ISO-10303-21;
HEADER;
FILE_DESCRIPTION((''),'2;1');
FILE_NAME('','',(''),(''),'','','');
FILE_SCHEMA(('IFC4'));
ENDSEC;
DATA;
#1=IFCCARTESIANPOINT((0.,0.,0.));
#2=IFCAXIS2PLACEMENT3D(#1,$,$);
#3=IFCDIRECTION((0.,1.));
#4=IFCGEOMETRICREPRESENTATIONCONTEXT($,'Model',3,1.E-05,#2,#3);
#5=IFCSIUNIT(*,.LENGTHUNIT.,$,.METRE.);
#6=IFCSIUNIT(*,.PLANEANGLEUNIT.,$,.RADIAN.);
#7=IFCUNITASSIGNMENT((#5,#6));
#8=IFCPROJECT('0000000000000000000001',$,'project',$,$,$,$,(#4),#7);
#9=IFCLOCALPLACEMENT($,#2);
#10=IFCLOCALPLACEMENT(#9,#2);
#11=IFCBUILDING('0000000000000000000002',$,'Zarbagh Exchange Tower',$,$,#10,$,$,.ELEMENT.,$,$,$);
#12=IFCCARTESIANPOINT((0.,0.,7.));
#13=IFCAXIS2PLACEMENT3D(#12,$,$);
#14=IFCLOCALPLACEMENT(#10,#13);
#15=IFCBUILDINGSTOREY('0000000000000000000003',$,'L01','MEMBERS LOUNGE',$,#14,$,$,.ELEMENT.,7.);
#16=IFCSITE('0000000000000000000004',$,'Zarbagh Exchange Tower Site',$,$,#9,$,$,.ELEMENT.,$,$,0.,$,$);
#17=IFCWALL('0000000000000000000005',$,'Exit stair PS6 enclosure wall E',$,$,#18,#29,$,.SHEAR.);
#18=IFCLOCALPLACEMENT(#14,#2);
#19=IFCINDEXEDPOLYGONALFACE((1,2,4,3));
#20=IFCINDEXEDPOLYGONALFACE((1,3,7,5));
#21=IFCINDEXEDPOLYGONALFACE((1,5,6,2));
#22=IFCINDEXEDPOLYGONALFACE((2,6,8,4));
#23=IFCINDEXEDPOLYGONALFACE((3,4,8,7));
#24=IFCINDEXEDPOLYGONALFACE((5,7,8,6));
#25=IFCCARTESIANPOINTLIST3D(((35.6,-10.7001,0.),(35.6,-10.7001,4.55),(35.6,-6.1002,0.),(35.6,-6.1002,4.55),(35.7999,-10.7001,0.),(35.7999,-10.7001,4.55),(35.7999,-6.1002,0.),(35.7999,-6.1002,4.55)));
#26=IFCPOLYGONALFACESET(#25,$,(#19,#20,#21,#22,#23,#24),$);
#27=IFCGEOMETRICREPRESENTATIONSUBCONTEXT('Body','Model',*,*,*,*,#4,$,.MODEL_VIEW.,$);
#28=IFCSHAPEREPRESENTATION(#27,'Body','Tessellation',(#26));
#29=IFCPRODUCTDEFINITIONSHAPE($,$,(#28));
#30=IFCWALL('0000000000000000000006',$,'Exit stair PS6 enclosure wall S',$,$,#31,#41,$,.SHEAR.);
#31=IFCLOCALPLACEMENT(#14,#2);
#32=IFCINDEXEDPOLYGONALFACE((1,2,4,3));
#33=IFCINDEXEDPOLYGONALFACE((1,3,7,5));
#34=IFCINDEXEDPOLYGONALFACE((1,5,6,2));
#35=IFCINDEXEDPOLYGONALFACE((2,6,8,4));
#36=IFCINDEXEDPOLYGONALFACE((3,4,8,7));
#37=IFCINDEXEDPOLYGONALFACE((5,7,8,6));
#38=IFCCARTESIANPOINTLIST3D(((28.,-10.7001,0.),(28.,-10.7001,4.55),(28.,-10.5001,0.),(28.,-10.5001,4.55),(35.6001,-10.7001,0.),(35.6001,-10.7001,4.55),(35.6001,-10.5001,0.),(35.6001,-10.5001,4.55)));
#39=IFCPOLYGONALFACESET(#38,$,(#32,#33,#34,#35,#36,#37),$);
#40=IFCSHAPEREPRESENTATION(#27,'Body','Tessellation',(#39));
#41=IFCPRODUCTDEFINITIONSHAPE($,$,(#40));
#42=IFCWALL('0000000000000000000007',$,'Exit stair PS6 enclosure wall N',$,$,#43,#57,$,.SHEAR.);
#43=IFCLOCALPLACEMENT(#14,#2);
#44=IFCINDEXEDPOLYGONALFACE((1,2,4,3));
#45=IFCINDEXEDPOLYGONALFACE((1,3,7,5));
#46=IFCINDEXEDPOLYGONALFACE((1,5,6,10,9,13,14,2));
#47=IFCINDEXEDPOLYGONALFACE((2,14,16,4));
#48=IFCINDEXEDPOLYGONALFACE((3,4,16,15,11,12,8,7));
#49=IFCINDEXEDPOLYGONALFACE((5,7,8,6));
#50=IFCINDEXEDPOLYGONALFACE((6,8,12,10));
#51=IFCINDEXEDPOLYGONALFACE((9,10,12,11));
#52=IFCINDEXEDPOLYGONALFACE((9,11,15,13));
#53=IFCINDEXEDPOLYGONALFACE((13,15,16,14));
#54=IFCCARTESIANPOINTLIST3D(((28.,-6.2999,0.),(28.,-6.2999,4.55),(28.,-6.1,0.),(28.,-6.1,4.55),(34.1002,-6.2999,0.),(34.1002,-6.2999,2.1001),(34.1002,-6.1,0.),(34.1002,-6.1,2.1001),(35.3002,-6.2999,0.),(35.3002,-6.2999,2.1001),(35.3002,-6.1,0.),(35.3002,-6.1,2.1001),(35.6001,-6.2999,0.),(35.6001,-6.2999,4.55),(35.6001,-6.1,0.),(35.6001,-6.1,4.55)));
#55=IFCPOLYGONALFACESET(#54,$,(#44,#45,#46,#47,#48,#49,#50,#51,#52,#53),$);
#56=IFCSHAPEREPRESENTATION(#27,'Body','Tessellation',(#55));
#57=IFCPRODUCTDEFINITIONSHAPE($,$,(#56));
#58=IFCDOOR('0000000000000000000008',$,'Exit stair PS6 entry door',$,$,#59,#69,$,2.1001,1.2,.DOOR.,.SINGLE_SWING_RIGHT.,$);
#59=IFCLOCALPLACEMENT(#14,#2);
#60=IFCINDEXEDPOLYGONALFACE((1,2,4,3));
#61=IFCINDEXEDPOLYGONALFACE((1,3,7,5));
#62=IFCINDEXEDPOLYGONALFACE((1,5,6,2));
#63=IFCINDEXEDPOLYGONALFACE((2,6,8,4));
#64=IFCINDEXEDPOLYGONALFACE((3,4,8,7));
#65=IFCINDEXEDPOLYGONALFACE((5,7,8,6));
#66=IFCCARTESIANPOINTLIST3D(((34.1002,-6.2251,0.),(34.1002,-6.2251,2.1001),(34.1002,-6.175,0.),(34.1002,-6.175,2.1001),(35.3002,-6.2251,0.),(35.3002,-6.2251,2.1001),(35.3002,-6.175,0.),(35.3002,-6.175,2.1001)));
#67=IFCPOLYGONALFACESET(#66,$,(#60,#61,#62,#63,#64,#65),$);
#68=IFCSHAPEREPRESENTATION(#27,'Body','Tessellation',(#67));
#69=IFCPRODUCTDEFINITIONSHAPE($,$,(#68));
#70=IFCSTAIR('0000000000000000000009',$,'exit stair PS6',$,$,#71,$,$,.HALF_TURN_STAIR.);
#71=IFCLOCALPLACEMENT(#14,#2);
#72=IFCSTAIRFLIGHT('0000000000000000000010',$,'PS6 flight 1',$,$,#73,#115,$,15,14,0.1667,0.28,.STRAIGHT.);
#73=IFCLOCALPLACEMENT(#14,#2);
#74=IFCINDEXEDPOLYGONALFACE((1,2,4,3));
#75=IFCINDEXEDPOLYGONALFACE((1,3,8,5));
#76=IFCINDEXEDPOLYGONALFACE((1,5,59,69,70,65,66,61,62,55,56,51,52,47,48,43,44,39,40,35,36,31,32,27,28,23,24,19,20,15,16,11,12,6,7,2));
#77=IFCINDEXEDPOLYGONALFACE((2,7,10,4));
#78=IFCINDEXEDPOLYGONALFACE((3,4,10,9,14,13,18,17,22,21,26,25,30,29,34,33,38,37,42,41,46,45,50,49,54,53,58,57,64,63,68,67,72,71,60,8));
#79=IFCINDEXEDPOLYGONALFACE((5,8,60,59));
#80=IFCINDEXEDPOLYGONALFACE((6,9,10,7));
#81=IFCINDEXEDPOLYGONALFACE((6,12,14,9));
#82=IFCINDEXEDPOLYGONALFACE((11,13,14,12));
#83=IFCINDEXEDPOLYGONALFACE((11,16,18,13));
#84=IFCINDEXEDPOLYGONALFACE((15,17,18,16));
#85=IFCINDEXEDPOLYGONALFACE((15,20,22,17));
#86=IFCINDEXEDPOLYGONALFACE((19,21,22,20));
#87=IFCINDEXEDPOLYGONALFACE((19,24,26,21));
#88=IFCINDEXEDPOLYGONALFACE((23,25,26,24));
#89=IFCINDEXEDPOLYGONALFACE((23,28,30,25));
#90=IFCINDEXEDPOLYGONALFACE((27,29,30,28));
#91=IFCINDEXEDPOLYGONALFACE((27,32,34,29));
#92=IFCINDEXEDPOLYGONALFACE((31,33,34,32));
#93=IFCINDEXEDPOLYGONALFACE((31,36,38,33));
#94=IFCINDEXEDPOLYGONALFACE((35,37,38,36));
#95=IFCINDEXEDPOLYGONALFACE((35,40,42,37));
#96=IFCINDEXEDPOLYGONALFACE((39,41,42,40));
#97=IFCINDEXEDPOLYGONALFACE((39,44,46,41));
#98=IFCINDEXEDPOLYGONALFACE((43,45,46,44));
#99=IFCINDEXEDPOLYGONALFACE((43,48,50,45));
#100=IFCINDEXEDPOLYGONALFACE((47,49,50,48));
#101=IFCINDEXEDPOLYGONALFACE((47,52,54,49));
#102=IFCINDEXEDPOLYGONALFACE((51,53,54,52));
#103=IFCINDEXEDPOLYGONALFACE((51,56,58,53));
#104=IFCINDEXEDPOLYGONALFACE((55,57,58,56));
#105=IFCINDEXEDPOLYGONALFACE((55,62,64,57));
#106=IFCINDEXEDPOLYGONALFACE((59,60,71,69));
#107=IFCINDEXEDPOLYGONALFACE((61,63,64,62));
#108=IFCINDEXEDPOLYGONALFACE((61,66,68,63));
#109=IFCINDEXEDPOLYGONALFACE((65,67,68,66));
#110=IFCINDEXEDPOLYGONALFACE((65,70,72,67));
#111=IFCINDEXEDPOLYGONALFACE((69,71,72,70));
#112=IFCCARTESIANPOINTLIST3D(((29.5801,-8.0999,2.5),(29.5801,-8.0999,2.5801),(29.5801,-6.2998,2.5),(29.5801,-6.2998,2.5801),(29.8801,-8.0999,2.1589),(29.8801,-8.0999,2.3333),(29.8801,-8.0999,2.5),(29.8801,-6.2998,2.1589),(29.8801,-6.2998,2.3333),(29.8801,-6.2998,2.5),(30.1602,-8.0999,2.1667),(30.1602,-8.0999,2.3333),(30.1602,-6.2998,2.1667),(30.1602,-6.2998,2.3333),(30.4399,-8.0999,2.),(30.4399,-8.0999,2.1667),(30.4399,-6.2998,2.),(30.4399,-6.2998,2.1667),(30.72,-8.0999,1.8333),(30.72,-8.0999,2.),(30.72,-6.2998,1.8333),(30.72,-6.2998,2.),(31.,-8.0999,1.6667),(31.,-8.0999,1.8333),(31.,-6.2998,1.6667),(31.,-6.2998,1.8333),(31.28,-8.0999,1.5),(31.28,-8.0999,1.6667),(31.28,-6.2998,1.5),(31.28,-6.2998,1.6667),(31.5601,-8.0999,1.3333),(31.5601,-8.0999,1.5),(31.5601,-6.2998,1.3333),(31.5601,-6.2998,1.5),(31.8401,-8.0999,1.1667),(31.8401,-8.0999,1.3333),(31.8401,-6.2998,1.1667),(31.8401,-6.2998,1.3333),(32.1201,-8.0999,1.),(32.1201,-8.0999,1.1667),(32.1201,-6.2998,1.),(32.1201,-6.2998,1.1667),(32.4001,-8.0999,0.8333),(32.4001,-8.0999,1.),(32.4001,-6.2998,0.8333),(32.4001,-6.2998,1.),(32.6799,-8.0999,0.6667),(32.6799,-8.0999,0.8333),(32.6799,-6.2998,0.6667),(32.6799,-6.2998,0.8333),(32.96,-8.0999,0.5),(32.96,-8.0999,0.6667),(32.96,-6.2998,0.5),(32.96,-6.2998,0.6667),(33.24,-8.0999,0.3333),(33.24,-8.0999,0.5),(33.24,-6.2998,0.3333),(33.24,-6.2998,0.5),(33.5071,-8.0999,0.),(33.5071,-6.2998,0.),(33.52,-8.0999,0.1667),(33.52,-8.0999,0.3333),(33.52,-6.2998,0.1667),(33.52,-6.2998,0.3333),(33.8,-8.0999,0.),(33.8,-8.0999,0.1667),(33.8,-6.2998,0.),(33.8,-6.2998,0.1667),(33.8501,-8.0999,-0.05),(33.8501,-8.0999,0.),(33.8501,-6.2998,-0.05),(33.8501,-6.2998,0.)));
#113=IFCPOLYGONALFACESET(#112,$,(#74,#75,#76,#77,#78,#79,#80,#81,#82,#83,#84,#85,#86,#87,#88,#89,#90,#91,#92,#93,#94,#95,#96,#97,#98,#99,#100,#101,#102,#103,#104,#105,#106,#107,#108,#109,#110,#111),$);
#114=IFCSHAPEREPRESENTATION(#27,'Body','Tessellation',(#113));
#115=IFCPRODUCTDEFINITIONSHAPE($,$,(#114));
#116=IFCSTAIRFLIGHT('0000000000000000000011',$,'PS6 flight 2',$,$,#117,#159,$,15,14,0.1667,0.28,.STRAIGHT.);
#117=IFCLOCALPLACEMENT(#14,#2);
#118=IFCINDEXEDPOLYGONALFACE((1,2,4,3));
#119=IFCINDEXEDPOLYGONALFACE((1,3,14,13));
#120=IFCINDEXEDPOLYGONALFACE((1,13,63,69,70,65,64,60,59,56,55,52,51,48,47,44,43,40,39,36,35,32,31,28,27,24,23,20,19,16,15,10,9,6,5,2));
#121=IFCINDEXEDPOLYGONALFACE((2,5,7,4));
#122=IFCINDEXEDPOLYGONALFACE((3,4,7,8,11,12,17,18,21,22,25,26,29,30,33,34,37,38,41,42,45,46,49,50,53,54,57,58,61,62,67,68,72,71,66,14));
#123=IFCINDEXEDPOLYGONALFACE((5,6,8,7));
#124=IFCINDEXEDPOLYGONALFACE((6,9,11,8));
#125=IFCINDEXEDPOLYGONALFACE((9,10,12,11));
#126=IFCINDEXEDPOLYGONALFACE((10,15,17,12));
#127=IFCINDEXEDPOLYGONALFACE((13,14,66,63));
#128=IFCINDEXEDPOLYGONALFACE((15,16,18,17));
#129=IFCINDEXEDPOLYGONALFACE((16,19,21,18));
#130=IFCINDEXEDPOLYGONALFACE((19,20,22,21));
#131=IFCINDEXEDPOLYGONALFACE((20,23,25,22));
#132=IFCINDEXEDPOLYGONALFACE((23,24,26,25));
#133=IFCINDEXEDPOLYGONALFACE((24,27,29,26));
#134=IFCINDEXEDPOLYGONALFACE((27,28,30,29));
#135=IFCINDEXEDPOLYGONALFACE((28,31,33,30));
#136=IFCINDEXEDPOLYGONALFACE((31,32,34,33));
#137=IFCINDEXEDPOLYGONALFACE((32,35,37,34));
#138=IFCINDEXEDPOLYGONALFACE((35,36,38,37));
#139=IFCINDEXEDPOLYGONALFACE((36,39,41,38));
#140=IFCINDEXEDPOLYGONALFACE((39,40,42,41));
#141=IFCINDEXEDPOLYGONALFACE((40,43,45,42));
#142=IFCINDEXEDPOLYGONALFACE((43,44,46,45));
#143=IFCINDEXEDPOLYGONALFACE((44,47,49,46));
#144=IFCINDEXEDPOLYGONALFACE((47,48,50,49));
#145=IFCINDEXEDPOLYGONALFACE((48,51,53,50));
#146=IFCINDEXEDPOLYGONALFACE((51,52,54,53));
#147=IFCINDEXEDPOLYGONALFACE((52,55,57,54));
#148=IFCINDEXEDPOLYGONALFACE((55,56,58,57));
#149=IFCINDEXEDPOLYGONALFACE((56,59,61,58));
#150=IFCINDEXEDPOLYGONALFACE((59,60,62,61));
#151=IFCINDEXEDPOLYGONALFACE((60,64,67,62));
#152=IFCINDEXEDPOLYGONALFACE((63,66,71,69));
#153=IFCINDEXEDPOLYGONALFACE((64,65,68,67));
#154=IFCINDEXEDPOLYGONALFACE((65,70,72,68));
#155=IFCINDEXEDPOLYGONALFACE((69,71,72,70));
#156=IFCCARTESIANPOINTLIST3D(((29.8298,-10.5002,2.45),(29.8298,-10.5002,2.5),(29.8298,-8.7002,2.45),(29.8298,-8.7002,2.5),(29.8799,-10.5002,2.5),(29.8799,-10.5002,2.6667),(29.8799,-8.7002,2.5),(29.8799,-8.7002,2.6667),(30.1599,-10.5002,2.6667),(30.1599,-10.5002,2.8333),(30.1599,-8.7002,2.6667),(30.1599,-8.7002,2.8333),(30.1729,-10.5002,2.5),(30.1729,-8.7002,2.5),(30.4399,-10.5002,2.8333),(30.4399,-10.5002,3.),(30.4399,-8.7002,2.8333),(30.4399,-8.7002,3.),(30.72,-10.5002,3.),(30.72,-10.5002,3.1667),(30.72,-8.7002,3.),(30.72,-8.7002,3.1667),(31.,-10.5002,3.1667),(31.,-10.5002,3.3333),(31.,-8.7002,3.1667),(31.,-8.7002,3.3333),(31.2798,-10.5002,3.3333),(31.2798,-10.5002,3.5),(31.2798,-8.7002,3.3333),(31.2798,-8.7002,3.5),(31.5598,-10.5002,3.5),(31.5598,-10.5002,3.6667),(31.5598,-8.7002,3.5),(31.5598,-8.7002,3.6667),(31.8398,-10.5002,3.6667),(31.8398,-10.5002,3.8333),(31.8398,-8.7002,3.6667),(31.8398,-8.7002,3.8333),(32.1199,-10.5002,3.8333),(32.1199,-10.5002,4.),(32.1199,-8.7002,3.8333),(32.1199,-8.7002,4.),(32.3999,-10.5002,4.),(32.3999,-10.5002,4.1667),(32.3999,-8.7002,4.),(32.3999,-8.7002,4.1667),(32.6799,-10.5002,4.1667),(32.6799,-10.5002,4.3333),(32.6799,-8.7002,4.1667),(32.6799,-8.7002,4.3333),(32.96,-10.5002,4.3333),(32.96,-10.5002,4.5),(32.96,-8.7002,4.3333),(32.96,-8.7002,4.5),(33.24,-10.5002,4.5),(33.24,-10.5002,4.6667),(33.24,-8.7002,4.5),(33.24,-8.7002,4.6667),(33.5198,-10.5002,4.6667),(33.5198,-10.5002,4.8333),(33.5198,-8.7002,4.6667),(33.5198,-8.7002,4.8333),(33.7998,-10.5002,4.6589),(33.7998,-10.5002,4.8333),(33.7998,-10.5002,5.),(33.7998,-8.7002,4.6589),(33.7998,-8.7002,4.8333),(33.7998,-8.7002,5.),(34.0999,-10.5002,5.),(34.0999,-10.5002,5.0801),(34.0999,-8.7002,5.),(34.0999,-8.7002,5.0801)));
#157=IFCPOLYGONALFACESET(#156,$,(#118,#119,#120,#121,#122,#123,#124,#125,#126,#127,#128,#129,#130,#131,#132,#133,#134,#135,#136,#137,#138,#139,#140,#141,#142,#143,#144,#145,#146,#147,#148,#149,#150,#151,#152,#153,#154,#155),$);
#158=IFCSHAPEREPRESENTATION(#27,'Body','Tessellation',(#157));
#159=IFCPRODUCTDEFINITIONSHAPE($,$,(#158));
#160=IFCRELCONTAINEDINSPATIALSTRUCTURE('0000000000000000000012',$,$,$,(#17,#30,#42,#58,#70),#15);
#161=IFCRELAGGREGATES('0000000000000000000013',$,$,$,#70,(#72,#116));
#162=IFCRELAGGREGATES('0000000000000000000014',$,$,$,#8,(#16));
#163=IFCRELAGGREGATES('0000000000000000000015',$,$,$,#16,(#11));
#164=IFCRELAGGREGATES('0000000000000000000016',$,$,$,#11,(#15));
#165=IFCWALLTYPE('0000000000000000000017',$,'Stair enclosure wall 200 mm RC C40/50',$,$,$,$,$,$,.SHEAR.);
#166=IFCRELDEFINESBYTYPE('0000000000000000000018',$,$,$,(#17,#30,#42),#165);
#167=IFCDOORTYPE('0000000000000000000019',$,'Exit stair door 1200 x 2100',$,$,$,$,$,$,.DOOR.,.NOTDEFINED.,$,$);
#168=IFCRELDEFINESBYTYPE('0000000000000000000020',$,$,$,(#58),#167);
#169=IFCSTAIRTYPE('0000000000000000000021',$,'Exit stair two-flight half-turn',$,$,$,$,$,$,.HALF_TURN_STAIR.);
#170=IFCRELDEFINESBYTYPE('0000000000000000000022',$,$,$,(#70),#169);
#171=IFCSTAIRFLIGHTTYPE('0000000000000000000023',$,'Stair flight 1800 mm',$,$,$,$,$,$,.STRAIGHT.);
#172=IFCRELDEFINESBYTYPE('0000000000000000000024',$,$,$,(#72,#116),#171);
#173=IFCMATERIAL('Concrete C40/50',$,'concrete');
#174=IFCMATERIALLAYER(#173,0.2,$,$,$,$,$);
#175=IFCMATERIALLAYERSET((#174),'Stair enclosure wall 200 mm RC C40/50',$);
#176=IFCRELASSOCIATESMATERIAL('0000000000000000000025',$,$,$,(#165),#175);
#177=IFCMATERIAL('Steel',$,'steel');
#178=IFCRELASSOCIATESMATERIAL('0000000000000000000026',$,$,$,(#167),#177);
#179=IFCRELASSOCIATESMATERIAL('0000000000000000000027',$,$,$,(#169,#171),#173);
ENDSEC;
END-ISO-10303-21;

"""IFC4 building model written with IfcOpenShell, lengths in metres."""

from ifc_helpers import new_model, si_unit, direction, frame, frame_2d, origin, place, context, subcontext, project, spatial, polyline, rectangle, outline, extrude, material, layer, layer_set, type_object, element, fill, aggregate, save


model = new_model("IFC4")

# Units and contexts
model_context = context("Model", 3, precision=1e-05, world=origin(), true_north=direction((0.0, 1.0)))
body_context = subcontext(model_context, "Body", "Model", "MODEL_VIEW")
ifc_project = project(units=[si_unit("LENGTHUNIT", "METRE"), si_unit("PLANEANGLEUNIT", "RADIAN")], contexts=[model_context])

# Site, building, storey
site_placement = place(None, origin())
site = spatial("IfcSite", under=ifc_project, at=site_placement, Name="Zarbagh Exchange Tower Site", CompositionType="ELEMENT", RefElevation=0.0)
building_placement = place(site_placement, origin())
building = spatial("IfcBuilding", under=site, at=building_placement, Name="Zarbagh Exchange Tower", CompositionType="ELEMENT")
storey_placement = place(building_placement, frame((0.0, 0.0, 7.0)))
storey = spatial("IfcBuildingStorey", under=building, at=storey_placement, Name="L01", Description="MEMBERS LOUNGE", CompositionType="ELEMENT", Elevation=7.0)

# Walls
ifc_material_1 = material(Name="Concrete C40/50", Category="concrete")
ifc_layer_1 = layer(ifc_material_1, 0.2)
ifc_layer_set_1 = layer_set([ifc_layer_1], Name="Stair enclosure wall 200 mm RC C40/50")
wall_type_1 = type_object("IfcWallType", Name="Stair enclosure wall 200 mm RC C40/50", PredefinedType="SHEAR", material=ifc_layer_set_1)
wall_1_placement = place(storey_placement, frame((35.7, -10.7, 0.0), z_axis=(0.0, 0.0, 1.0), x_axis=(0.0, 1.0, 0.0)))
element("IfcWall", 1, at=wall_1_placement, inside=storey, type_object=wall_type_1, Name="Exit stair PS6 enclosure wall E", PredefinedType="SHEAR", context=body_context, shape_type="SweptSolid", body=[
    extrude(rectangle(XDim=4.5999, YDim=0.2, at=frame_2d((2.2998, 0.0))), origin(), (0.0, 0.0, 1.0), 4.55),
])
wall_2_placement = place(storey_placement, frame((28.0, -10.6001, 0.0), z_axis=(0.0, 0.0, 1.0), x_axis=(1.0, 0.0, 0.0)))
element("IfcWall", 2, at=wall_2_placement, inside=storey, type_object=wall_type_1, Name="Exit stair PS6 enclosure wall S", PredefinedType="SHEAR", context=body_context, shape_type="SweptSolid", body=[
    extrude(rectangle(XDim=7.6001, YDim=0.2, at=frame_2d((3.8, 0.0))), origin(), (0.0, 0.0, 1.0), 4.55),
])

# Wall, opening, door
wall_3_placement = place(storey_placement, frame((28.0, -6.2, 0.0), z_axis=(0.0, 0.0, 1.0), x_axis=(1.0, 0.0, 0.0)))
wall_3 = element("IfcWall", 3, at=wall_3_placement, inside=storey, type_object=wall_type_1, Name="Exit stair PS6 enclosure wall N", PredefinedType="SHEAR", context=body_context, shape_type="SweptSolid", body=[
    extrude(rectangle(XDim=7.6001, YDim=0.2, at=frame_2d((3.8, 0.0))), origin(), (0.0, 0.0, 1.0), 4.55),
])
opening_1_placement = place(wall_3_placement, frame((6.1001, 0.0, 0.0)))
opening_1 = element("IfcOpeningElement", 4, at=opening_1_placement, cuts=wall_3, PredefinedType="OPENING", context=body_context, shape_type="SweptSolid", body=[
    extrude(rectangle(XDim=1.2, YDim=2.1001, at=frame_2d((0.6001, 1.05))), frame((0.0, 0.1099, 0.0), z_axis=(0.0, -1.0, 0.0), x_axis=(1.0, 0.0, 0.0)), (0.0, 0.0, 1.0), 0.22),
])
ifc_material_2 = material(Name="Steel", Category="steel")
door_type_1 = type_object("IfcDoorType", Name="Exit stair door 1200 x 2100", OperationType="NOTDEFINED", PredefinedType="DOOR", material=ifc_material_2)
door_1_placement = place(opening_1_placement, origin())
door_1 = element("IfcDoor", 5, at=door_1_placement, inside=storey, type_object=door_type_1, Name="Exit stair PS6 entry door", OperationType="SINGLE_SWING_RIGHT", OverallHeight=2.1001, OverallWidth=1.2, PredefinedType="DOOR", context=body_context, shape_type="SweptSolid", body=[
    extrude(rectangle(XDim=1.2, YDim=2.1001, at=frame_2d((0.6001, 1.05))), frame((0.0, 0.0249, 0.0), z_axis=(0.0, -1.0, 0.0), x_axis=(1.0, 0.0, 0.0)), (0.0, 0.0, 1.0), 0.05),
])
fill(opening_1, door_1)

# Stair, stair flights
stair_type = type_object("IfcStairType", Name="Exit stair two-flight half-turn", PredefinedType="HALF_TURN_STAIR", material=ifc_material_1)
stair_placement = place(storey_placement, origin())
stair = element("IfcStair", 6, at=stair_placement, inside=storey, type_object=stair_type, Name="exit stair PS6", PredefinedType="HALF_TURN_STAIR")
stair_flight_type = type_object("IfcStairFlightType", Name="Stair flight 1800 mm", PredefinedType="STRAIGHT", material=ifc_material_1)
stair_flight_1_placement = place(storey_placement, frame((33.8, -7.2, 0.0), z_axis=(0.0, 0.0, 1.0), x_axis=(-1.0, 0.0, 0.0)))
stair_flight_1 = element("IfcStairFlight", 7, at=stair_flight_1_placement, type_object=stair_flight_type, Name="PS6 flight 1", NumberOfRisers=15, NumberOfTreads=14, PredefinedType="STRAIGHT", RiserHeight=0.1667, TreadLength=0.28, context=body_context, shape_type="SweptSolid", body=[
    extrude(outline(polyline([(-0.05, -0.05), (-0.05, 0.0), (0.0, 0.0), (0.0, 0.1667), (0.28, 0.1667), (0.28, 0.3333), (0.5601, 0.3333), (0.5601, 0.5), (0.8401, 0.5), (0.8401, 0.6667), (1.1201, 0.6667), (1.1201, 0.8333), (1.3999, 0.8333), (1.3999, 1.0), (1.6799, 1.0), (1.6799, 1.1667), (1.96, 1.1667), (1.96, 1.3333), (2.24, 1.3333), (2.24, 1.5), (2.52, 1.5), (2.52, 1.6667), (2.8, 1.6667), (2.8, 1.8333), (3.0801, 1.8333), (3.0801, 2.0), (3.3601, 2.0), (3.3601, 2.1667), (3.6399, 2.1667), (3.6399, 2.3333), (3.9199, 2.3333), (3.9199, 2.5), (4.22, 2.5801), (4.22, 2.5), (3.9199, 2.1589), (0.293, 0.0), (-0.05, -0.05)])), frame((0.0, 0.8999, 0.0), z_axis=(0.0, -1.0, 0.0), x_axis=(1.0, 0.0, 0.0)), (0.0, 0.0, 1.0), 1.8),
])
stair_flight_2_placement = place(storey_placement, frame((29.8799, -9.6001, 2.5), z_axis=(0.0, 0.0, 1.0), x_axis=(1.0, 0.0, 0.0)))
stair_flight_2 = element("IfcStairFlight", 8, at=stair_flight_2_placement, type_object=stair_flight_type, Name="PS6 flight 2", NumberOfRisers=15, NumberOfTreads=14, PredefinedType="STRAIGHT", RiserHeight=0.1667, TreadLength=0.28, context=body_context, shape_type="SweptSolid", body=[
    extrude(outline(polyline([(-0.05, -0.05), (-0.05, 0.0), (0.0, 0.0), (0.0, 0.1667), (0.28, 0.1667), (0.28, 0.3333), (0.5601, 0.3333), (0.5601, 0.5), (0.8401, 0.5), (0.8401, 0.6667), (1.1201, 0.6667), (1.1201, 0.8333), (1.3999, 0.8333), (1.3999, 1.0), (1.6799, 1.0), (1.6799, 1.1667), (1.96, 1.1667), (1.96, 1.3333), (2.24, 1.3333), (2.24, 1.5), (2.52, 1.5), (2.52, 1.6667), (2.8, 1.6667), (2.8, 1.8333), (3.0801, 1.8333), (3.0801, 2.0), (3.3601, 2.0), (3.3601, 2.1667), (3.6399, 2.1667), (3.6399, 2.3333), (3.9199, 2.3333), (3.9199, 2.5), (4.22, 2.5801), (4.22, 2.5), (3.9199, 2.1589), (0.293, 0.0), (-0.05, -0.05)])), frame((0.0, 0.8999, 0.0), z_axis=(0.0, -1.0, 0.0), x_axis=(1.0, 0.0, 0.0)), (0.0, 0.0, 1.0), 1.8),
])
aggregate(stair, [stair_flight_1, stair_flight_2])

save(model, "model.ifc")
